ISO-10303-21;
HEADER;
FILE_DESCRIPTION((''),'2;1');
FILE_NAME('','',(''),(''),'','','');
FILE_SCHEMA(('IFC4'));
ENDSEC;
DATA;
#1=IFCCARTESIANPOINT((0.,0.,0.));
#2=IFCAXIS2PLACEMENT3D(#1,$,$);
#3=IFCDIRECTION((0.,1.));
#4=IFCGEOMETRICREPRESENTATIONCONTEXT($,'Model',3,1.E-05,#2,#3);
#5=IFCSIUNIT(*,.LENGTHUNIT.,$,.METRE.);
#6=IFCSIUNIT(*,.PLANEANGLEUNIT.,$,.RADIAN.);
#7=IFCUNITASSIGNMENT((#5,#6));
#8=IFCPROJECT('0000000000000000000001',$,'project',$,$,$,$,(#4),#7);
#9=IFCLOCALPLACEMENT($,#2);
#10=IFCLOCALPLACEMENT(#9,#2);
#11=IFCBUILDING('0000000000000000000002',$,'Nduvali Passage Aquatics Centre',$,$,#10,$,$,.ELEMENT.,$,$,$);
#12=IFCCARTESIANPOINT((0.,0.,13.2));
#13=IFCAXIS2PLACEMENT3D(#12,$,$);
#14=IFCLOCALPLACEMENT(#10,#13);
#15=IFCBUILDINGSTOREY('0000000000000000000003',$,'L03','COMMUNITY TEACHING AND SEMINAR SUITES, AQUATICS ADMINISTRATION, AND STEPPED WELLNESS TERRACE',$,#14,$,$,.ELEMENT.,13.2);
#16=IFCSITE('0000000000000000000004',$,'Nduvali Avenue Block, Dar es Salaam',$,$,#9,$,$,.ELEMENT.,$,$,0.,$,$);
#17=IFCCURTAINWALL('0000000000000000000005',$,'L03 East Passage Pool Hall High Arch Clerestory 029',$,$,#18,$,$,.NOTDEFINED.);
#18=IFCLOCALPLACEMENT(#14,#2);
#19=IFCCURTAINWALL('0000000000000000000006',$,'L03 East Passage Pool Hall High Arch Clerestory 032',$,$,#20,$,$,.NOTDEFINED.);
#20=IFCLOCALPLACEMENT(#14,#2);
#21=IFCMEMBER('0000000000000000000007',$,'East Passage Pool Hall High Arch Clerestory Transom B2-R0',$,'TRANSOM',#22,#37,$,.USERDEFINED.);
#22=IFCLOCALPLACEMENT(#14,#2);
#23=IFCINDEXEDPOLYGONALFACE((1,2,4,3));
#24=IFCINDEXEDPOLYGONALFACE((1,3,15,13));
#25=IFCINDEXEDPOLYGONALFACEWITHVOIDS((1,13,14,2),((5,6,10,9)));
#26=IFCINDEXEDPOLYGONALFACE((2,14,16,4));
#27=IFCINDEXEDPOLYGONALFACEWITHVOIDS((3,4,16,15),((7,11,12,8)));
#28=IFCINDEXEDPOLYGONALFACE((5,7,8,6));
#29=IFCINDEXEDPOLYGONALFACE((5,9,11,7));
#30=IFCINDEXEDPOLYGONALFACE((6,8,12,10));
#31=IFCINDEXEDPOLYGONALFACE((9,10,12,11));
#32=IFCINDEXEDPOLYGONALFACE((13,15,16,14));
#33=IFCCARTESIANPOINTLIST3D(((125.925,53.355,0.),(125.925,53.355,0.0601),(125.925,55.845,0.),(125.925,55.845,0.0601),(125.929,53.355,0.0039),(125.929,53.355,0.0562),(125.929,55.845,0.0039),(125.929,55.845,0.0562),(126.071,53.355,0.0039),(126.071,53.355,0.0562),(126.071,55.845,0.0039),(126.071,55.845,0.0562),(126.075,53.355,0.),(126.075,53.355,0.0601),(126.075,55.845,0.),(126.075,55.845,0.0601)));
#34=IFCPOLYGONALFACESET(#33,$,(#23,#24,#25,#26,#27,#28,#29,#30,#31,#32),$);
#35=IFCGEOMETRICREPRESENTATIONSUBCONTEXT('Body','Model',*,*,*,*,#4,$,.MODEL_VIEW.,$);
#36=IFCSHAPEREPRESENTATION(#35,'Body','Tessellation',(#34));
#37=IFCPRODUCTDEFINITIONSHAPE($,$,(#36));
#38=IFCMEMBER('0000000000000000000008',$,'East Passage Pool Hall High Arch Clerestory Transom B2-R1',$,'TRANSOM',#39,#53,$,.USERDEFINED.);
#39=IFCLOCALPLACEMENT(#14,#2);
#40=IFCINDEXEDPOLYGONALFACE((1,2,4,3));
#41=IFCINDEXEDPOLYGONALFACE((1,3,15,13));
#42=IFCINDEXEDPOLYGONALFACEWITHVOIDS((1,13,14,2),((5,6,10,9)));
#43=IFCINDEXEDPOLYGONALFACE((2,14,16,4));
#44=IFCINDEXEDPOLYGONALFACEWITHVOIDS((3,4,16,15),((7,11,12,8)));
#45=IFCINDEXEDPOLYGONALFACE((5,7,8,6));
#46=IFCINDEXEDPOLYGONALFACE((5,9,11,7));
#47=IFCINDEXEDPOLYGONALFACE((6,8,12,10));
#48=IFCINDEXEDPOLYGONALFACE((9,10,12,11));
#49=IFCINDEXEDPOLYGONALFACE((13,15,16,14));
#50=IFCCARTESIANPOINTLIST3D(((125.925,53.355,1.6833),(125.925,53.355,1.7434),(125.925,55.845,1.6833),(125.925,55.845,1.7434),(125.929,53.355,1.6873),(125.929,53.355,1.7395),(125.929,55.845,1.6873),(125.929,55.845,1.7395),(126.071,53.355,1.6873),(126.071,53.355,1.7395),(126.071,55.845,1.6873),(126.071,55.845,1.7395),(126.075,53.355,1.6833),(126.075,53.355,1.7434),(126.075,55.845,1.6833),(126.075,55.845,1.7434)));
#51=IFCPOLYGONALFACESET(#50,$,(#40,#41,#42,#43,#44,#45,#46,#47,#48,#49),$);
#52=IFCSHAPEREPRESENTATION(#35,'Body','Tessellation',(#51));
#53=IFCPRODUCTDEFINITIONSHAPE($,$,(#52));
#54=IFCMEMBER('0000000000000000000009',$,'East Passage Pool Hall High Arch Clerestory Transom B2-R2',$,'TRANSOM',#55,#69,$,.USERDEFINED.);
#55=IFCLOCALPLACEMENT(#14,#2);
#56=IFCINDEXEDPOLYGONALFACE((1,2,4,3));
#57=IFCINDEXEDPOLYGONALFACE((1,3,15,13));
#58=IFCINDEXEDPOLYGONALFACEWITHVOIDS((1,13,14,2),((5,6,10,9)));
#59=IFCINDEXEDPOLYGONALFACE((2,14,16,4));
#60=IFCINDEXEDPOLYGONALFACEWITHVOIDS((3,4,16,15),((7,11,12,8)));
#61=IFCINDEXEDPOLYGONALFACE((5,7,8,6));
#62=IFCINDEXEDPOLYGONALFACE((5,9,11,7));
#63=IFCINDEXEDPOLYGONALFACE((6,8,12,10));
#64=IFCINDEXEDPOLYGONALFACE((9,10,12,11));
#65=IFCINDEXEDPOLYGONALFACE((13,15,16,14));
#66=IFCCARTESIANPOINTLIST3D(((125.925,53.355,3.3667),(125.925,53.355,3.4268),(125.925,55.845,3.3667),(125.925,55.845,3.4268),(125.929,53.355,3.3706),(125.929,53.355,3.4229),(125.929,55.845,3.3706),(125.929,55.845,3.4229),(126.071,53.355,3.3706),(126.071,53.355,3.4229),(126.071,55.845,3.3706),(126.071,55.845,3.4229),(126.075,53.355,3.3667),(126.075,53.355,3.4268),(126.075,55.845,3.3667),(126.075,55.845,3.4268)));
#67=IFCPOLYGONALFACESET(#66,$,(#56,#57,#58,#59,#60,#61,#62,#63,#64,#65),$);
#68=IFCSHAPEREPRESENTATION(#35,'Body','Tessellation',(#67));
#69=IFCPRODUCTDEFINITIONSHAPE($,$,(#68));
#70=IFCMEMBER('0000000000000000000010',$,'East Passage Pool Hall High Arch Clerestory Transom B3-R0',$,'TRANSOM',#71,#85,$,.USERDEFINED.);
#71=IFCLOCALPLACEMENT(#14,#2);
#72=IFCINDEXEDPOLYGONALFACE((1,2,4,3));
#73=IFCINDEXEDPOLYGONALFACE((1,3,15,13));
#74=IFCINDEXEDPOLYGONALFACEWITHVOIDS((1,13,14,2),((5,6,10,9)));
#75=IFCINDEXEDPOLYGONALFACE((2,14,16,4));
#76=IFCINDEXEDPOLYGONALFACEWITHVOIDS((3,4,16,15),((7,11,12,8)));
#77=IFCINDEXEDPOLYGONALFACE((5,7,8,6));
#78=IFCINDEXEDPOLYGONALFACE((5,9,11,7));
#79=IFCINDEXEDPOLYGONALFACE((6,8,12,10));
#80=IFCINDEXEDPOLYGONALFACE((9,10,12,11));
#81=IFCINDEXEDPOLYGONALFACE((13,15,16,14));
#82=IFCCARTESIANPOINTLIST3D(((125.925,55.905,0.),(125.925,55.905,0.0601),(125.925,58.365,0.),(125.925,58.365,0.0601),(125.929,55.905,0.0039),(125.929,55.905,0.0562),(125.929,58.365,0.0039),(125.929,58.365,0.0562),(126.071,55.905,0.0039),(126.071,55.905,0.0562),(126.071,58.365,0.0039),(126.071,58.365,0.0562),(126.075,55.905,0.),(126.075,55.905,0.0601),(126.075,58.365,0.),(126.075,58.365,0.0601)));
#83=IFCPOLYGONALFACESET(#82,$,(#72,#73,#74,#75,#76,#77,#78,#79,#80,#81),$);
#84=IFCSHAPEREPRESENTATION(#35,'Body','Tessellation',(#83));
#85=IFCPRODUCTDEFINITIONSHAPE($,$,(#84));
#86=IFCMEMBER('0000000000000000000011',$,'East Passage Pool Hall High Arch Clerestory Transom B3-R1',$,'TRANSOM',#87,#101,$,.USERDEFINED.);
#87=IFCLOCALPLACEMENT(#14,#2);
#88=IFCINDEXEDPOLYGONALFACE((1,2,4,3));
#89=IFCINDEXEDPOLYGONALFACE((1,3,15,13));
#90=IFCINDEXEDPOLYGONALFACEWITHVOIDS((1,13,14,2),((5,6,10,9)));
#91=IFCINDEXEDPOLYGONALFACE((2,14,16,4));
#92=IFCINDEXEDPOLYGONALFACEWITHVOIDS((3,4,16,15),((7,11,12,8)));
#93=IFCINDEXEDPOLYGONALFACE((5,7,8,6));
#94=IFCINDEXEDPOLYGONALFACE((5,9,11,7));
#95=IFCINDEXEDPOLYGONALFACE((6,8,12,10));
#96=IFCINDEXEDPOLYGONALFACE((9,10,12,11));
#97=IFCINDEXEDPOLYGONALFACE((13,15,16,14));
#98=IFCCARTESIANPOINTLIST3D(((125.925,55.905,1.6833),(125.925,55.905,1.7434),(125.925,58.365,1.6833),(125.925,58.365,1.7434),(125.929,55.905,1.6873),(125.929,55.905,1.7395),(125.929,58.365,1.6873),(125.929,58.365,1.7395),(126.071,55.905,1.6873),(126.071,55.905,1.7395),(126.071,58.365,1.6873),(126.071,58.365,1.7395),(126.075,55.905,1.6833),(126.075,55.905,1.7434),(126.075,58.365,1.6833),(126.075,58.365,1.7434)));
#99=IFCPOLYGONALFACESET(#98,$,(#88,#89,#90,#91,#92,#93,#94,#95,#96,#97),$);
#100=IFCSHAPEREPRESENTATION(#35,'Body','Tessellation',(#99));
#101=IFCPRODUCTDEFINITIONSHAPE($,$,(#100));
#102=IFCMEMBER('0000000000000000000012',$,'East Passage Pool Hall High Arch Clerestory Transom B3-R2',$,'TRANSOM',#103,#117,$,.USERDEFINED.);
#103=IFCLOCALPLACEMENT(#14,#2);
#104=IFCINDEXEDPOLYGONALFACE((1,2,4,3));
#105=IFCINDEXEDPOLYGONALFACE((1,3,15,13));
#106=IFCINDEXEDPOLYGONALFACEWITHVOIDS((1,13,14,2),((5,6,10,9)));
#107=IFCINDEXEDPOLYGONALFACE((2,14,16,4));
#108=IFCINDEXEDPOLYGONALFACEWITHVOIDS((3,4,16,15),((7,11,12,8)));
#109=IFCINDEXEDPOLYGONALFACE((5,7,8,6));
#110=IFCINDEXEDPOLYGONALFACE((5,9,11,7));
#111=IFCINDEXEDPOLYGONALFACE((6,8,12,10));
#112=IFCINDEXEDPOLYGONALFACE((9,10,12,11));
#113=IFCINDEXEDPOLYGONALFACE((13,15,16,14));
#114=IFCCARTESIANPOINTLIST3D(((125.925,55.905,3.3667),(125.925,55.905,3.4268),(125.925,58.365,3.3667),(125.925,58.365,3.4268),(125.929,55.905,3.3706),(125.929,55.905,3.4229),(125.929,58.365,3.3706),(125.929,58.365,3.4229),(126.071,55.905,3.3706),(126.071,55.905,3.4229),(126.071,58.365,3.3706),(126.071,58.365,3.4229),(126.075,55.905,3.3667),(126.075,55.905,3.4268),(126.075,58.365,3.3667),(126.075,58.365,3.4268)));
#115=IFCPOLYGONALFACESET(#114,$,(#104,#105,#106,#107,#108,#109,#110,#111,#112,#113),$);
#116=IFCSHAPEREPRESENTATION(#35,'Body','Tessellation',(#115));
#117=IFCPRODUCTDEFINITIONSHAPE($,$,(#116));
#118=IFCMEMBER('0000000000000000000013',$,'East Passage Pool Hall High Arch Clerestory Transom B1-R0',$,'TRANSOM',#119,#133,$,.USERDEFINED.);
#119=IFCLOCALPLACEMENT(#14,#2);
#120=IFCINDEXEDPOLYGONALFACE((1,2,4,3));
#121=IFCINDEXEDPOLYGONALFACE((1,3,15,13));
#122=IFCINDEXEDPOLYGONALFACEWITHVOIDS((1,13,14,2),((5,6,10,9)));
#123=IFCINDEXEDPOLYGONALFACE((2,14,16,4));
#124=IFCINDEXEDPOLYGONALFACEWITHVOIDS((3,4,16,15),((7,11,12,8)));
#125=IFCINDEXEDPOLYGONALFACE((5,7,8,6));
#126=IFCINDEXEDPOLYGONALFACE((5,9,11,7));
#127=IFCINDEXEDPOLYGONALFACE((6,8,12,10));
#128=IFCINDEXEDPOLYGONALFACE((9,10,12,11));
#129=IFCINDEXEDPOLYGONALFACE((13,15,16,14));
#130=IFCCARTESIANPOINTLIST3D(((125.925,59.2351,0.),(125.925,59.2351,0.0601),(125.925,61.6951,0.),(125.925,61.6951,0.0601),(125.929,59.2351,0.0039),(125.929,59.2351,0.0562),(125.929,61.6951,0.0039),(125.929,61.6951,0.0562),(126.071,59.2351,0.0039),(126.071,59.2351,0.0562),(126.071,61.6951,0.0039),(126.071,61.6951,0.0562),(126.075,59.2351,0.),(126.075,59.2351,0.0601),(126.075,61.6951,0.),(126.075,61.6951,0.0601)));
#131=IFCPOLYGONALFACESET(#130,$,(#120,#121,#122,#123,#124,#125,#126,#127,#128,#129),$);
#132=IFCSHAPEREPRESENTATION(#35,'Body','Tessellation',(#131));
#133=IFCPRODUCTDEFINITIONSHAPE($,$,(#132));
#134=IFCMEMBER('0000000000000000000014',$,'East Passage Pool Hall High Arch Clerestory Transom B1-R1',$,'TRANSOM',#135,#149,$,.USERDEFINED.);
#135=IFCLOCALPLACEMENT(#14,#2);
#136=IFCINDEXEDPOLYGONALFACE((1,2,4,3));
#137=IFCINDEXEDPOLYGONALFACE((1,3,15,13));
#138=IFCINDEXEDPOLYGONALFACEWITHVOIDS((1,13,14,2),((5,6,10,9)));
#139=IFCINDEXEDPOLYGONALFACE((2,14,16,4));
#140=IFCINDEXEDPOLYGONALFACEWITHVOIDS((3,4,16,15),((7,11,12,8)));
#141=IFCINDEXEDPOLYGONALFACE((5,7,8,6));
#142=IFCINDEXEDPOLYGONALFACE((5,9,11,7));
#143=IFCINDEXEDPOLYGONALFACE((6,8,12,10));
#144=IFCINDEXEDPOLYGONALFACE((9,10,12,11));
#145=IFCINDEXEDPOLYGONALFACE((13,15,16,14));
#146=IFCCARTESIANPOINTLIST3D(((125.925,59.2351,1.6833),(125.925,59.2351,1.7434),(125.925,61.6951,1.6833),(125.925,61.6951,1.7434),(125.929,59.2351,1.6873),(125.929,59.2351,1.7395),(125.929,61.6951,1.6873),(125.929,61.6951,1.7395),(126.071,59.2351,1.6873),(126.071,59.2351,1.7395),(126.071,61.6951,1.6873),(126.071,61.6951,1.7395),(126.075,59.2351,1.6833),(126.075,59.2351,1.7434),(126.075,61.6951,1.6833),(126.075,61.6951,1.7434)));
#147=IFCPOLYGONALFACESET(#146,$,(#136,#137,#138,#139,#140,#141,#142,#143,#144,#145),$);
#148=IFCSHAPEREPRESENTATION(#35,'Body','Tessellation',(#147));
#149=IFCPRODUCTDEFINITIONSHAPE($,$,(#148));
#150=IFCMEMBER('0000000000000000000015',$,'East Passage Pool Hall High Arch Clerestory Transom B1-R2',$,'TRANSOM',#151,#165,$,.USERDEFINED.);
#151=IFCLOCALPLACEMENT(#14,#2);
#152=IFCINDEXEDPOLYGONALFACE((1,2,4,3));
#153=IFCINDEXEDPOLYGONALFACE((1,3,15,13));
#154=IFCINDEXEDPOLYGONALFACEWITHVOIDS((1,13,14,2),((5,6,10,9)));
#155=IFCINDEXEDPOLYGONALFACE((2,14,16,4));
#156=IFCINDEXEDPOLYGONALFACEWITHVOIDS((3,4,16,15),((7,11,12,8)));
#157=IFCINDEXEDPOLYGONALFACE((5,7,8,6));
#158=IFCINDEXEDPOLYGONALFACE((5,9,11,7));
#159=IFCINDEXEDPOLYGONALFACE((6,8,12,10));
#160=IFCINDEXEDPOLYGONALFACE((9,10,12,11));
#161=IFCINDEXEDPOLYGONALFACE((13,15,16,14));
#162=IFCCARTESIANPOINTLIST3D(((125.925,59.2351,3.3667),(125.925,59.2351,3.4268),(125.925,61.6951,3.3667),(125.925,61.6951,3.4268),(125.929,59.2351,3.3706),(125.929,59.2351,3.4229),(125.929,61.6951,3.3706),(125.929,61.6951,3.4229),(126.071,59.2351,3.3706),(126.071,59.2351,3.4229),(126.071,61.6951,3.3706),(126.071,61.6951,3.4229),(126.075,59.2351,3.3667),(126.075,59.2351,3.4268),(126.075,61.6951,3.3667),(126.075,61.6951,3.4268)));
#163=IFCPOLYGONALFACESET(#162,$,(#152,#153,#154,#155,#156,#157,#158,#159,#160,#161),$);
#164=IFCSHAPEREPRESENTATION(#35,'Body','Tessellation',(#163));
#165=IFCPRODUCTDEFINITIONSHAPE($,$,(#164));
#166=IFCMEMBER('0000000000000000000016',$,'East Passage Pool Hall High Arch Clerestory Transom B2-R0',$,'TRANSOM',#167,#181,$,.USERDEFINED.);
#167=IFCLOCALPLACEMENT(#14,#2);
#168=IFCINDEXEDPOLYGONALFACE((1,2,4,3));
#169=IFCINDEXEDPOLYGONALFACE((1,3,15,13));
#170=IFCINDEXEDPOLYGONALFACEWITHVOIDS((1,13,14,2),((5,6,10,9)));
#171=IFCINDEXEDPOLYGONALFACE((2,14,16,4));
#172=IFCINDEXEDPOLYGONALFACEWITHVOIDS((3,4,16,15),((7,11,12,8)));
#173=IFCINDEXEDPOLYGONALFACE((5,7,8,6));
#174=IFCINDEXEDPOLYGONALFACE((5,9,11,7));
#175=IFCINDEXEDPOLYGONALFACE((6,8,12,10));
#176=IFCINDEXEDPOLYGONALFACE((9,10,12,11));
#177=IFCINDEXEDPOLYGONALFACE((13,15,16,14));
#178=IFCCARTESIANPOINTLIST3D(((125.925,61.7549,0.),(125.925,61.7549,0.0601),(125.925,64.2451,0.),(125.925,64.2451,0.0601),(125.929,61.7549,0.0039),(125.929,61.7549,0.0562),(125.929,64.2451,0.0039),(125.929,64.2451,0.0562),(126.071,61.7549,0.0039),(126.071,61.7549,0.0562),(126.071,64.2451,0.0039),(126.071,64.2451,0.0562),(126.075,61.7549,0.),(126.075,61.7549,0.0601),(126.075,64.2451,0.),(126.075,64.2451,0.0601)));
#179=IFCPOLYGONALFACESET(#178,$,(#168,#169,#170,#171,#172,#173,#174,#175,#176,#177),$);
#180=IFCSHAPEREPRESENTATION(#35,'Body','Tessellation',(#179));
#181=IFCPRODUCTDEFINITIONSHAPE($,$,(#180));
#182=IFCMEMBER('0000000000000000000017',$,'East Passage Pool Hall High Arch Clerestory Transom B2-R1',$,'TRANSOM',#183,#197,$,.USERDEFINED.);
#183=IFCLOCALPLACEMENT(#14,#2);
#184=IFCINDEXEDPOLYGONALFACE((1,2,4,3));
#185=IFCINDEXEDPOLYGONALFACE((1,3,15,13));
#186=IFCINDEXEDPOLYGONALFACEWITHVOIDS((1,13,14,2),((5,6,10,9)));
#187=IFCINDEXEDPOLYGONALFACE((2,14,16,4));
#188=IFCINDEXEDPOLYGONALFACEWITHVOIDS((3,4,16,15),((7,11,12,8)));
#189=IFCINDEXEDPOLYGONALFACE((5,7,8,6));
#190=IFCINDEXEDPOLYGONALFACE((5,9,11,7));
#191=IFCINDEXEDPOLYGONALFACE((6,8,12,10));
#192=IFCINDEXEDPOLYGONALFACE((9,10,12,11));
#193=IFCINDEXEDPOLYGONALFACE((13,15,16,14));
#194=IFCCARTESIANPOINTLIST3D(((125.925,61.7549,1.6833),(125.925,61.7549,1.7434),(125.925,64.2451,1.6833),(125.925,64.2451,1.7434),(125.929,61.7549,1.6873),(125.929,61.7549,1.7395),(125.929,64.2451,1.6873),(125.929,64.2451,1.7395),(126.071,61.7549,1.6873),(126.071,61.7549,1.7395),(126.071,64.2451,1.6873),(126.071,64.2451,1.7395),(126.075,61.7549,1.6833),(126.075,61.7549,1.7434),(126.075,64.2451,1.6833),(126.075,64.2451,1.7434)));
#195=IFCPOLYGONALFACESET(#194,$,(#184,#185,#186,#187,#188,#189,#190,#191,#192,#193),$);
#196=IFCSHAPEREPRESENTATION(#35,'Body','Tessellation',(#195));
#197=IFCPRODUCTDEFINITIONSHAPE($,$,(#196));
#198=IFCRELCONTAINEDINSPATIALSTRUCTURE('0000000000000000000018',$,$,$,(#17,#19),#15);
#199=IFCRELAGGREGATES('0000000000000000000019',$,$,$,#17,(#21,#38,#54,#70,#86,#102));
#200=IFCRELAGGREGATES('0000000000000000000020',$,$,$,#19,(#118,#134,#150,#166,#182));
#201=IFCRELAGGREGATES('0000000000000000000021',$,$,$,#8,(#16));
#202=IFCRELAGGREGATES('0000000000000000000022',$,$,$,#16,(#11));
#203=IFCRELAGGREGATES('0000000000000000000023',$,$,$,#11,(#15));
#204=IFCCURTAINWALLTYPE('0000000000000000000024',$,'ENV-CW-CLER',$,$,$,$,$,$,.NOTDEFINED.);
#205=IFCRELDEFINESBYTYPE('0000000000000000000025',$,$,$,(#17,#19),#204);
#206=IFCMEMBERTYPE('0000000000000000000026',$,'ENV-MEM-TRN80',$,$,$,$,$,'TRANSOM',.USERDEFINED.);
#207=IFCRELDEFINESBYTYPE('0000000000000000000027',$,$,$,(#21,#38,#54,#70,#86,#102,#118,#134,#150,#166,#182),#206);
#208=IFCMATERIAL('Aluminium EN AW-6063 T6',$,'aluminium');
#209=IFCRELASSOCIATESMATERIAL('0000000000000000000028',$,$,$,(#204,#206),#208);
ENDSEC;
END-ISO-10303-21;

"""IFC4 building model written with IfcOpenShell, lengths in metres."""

from ifc_helpers import new_model, si_unit, direction, frame, origin, origin_2d, place, context, subcontext, project, spatial, hollow_rectangle, extrude, material, material_profile, profile_set, type_object, element, aggregate, save


model = new_model("IFC4")

# Units and contexts
model_context = context("Model", 3, precision=1e-05, world=origin(), true_north=direction((0.0, 1.0)))
body_context = subcontext(model_context, "Body", "Model", "MODEL_VIEW")
ifc_project = project(units=[si_unit("LENGTHUNIT", "METRE"), si_unit("PLANEANGLEUNIT", "RADIAN")], contexts=[model_context])

# Site, building, storey
site_placement = place(None, origin())
site = spatial("IfcSite", under=ifc_project, at=site_placement, Name="Nduvali Avenue Block, Dar es Salaam", CompositionType="ELEMENT", RefElevation=0.0)
building_placement = place(site_placement, origin())
building = spatial("IfcBuilding", under=site, at=building_placement, Name="Nduvali Passage Aquatics Centre", CompositionType="ELEMENT")
storey_placement = place(building_placement, frame((0.0, 0.0, 13.2)))
storey = spatial("IfcBuildingStorey", under=building, at=storey_placement, Name="L03", Description="COMMUNITY TEACHING AND SEMINAR SUITES, AQUATICS ADMINISTRATION, AND STEPPED WELLNESS TERRACE", CompositionType="ELEMENT", Elevation=13.2)

# Curtain walls
ifc_material_1 = material(Name="Aluminium EN AW-6063 T6", Category="aluminium")
curtain_wall_type = type_object("IfcCurtainWallType", Name="ENV-CW-CLER", PredefinedType="NOTDEFINED", material=ifc_material_1)
curtain_wall_1_placement = place(storey_placement, origin())
curtain_wall_1 = element("IfcCurtainWall", 1, at=curtain_wall_1_placement, inside=storey, type_object=curtain_wall_type, Name="L03 East Passage Pool Hall High Arch Clerestory 029", PredefinedType="NOTDEFINED")
curtain_wall_2_placement = place(storey_placement, origin())
curtain_wall_2 = element("IfcCurtainWall", 2, at=curtain_wall_2_placement, inside=storey, type_object=curtain_wall_type, Name="L03 East Passage Pool Hall High Arch Clerestory 032", PredefinedType="NOTDEFINED")

# Members
ifc_material_profile_1 = material_profile(ifc_material_1, hollow_rectangle(XDim=0.1499, YDim=0.0601, WallThickness=0.0039, at=origin_2d()), Name="ALU TRANSOM 150x60x4")
ifc_profile_set_1 = profile_set([ifc_material_profile_1], Name="Aluminium EN AW-6063 T6")
member_type_1 = type_object("IfcMemberType", Name="ENV-MEM-TRN80", ElementType="TRANSOM", PredefinedType="USERDEFINED", material=ifc_profile_set_1)
member_1_placement = place(storey_placement, frame((126.0, 53.355, 0.03), z_axis=(0.0, 1.0, 0.0), x_axis=(-1.0, 0.0, 0.0)))
member_1 = element("IfcMember", 3, at=member_1_placement, type_object=member_type_1, Name="East Passage Pool Hall High Arch Clerestory Transom B2-R0", ObjectType="TRANSOM", PredefinedType="USERDEFINED", context=body_context, shape_type="SweptSolid", body=[
    extrude(hollow_rectangle(XDim=0.1499, YDim=0.0601, WallThickness=0.0039, at=origin_2d()), origin(), (0.0, 0.0, 1.0), 2.49),
])
member_2_placement = place(storey_placement, frame((126.0, 53.355, 1.7134), z_axis=(0.0, 1.0, 0.0), x_axis=(-1.0, 0.0, 0.0)))
member_2 = element("IfcMember", 4, at=member_2_placement, type_object=member_type_1, Name="East Passage Pool Hall High Arch Clerestory Transom B2-R1", ObjectType="TRANSOM", PredefinedType="USERDEFINED", context=body_context, shape_type="SweptSolid", body=[
    extrude(hollow_rectangle(XDim=0.1499, YDim=0.0601, WallThickness=0.0039, at=origin_2d()), origin(), (0.0, 0.0, 1.0), 2.49),
])
member_3_placement = place(storey_placement, frame((126.0, 53.355, 3.3967), z_axis=(0.0, 1.0, 0.0), x_axis=(-1.0, 0.0, 0.0)))
member_3 = element("IfcMember", 5, at=member_3_placement, type_object=member_type_1, Name="East Passage Pool Hall High Arch Clerestory Transom B2-R2", ObjectType="TRANSOM", PredefinedType="USERDEFINED", context=body_context, shape_type="SweptSolid", body=[
    extrude(hollow_rectangle(XDim=0.1499, YDim=0.0601, WallThickness=0.0039, at=origin_2d()), origin(), (0.0, 0.0, 1.0), 2.49),
])
member_4_placement = place(storey_placement, frame((126.0, 55.905, 0.03), z_axis=(0.0, 1.0, 0.0), x_axis=(-1.0, 0.0, 0.0)))
member_4 = element("IfcMember", 6, at=member_4_placement, type_object=member_type_1, Name="East Passage Pool Hall High Arch Clerestory Transom B3-R0", ObjectType="TRANSOM", PredefinedType="USERDEFINED", context=body_context, shape_type="SweptSolid", body=[
    extrude(hollow_rectangle(XDim=0.1499, YDim=0.0601, WallThickness=0.0039, at=origin_2d()), origin(), (0.0, 0.0, 1.0), 2.46),
])
member_5_placement = place(storey_placement, frame((126.0, 55.905, 1.7134), z_axis=(0.0, 1.0, 0.0), x_axis=(-1.0, 0.0, 0.0)))
member_5 = element("IfcMember", 7, at=member_5_placement, type_object=member_type_1, Name="East Passage Pool Hall High Arch Clerestory Transom B3-R1", ObjectType="TRANSOM", PredefinedType="USERDEFINED", context=body_context, shape_type="SweptSolid", body=[
    extrude(hollow_rectangle(XDim=0.1499, YDim=0.0601, WallThickness=0.0039, at=origin_2d()), origin(), (0.0, 0.0, 1.0), 2.46),
])
member_6_placement = place(storey_placement, frame((126.0, 55.905, 3.3967), z_axis=(0.0, 1.0, 0.0), x_axis=(-1.0, 0.0, 0.0)))
member_6 = element("IfcMember", 8, at=member_6_placement, type_object=member_type_1, Name="East Passage Pool Hall High Arch Clerestory Transom B3-R2", ObjectType="TRANSOM", PredefinedType="USERDEFINED", context=body_context, shape_type="SweptSolid", body=[
    extrude(hollow_rectangle(XDim=0.1499, YDim=0.0601, WallThickness=0.0039, at=origin_2d()), origin(), (0.0, 0.0, 1.0), 2.46),
])
member_7_placement = place(storey_placement, frame((126.0, 59.2351, 0.03), z_axis=(0.0, 1.0, 0.0), x_axis=(-1.0, 0.0, 0.0)))
member_7 = element("IfcMember", 9, at=member_7_placement, type_object=member_type_1, Name="East Passage Pool Hall High Arch Clerestory Transom B1-R0", ObjectType="TRANSOM", PredefinedType="USERDEFINED", context=body_context, shape_type="SweptSolid", body=[
    extrude(hollow_rectangle(XDim=0.1499, YDim=0.0601, WallThickness=0.0039, at=origin_2d()), origin(), (0.0, 0.0, 1.0), 2.46),
])
member_8_placement = place(storey_placement, frame((126.0, 59.2351, 1.7134), z_axis=(0.0, 1.0, 0.0), x_axis=(-1.0, 0.0, 0.0)))
member_8 = element("IfcMember", 10, at=member_8_placement, type_object=member_type_1, Name="East Passage Pool Hall High Arch Clerestory Transom B1-R1", ObjectType="TRANSOM", PredefinedType="USERDEFINED", context=body_context, shape_type="SweptSolid", body=[
    extrude(hollow_rectangle(XDim=0.1499, YDim=0.0601, WallThickness=0.0039, at=origin_2d()), origin(), (0.0, 0.0, 1.0), 2.46),
])
member_9_placement = place(storey_placement, frame((126.0, 59.2351, 3.3967), z_axis=(0.0, 1.0, 0.0), x_axis=(-1.0, 0.0, 0.0)))
member_9 = element("IfcMember", 11, at=member_9_placement, type_object=member_type_1, Name="East Passage Pool Hall High Arch Clerestory Transom B1-R2", ObjectType="TRANSOM", PredefinedType="USERDEFINED", context=body_context, shape_type="SweptSolid", body=[
    extrude(hollow_rectangle(XDim=0.1499, YDim=0.0601, WallThickness=0.0039, at=origin_2d()), origin(), (0.0, 0.0, 1.0), 2.46),
])
member_10_placement = place(storey_placement, frame((126.0, 61.7549, 0.03), z_axis=(0.0, 1.0, 0.0), x_axis=(-1.0, 0.0, 0.0)))
member_10 = element("IfcMember", 12, at=member_10_placement, type_object=member_type_1, Name="East Passage Pool Hall High Arch Clerestory Transom B2-R0", ObjectType="TRANSOM", PredefinedType="USERDEFINED", context=body_context, shape_type="SweptSolid", body=[
    extrude(hollow_rectangle(XDim=0.1499, YDim=0.0601, WallThickness=0.0039, at=origin_2d()), origin(), (0.0, 0.0, 1.0), 2.4902),
])
member_11_placement = place(storey_placement, frame((126.0, 61.7549, 1.7134), z_axis=(0.0, 1.0, 0.0), x_axis=(-1.0, 0.0, 0.0)))
member_11 = element("IfcMember", 13, at=member_11_placement, type_object=member_type_1, Name="East Passage Pool Hall High Arch Clerestory Transom B2-R1", ObjectType="TRANSOM", PredefinedType="USERDEFINED", context=body_context, shape_type="SweptSolid", body=[
    extrude(hollow_rectangle(XDim=0.1499, YDim=0.0601, WallThickness=0.0039, at=origin_2d()), origin(), (0.0, 0.0, 1.0), 2.4902),
])

aggregate(curtain_wall_1, [member_1, member_2, member_3, member_4, member_5, member_6])
aggregate(curtain_wall_2, [member_7, member_8, member_9, member_10, member_11])

save(model, "model.ifc")
